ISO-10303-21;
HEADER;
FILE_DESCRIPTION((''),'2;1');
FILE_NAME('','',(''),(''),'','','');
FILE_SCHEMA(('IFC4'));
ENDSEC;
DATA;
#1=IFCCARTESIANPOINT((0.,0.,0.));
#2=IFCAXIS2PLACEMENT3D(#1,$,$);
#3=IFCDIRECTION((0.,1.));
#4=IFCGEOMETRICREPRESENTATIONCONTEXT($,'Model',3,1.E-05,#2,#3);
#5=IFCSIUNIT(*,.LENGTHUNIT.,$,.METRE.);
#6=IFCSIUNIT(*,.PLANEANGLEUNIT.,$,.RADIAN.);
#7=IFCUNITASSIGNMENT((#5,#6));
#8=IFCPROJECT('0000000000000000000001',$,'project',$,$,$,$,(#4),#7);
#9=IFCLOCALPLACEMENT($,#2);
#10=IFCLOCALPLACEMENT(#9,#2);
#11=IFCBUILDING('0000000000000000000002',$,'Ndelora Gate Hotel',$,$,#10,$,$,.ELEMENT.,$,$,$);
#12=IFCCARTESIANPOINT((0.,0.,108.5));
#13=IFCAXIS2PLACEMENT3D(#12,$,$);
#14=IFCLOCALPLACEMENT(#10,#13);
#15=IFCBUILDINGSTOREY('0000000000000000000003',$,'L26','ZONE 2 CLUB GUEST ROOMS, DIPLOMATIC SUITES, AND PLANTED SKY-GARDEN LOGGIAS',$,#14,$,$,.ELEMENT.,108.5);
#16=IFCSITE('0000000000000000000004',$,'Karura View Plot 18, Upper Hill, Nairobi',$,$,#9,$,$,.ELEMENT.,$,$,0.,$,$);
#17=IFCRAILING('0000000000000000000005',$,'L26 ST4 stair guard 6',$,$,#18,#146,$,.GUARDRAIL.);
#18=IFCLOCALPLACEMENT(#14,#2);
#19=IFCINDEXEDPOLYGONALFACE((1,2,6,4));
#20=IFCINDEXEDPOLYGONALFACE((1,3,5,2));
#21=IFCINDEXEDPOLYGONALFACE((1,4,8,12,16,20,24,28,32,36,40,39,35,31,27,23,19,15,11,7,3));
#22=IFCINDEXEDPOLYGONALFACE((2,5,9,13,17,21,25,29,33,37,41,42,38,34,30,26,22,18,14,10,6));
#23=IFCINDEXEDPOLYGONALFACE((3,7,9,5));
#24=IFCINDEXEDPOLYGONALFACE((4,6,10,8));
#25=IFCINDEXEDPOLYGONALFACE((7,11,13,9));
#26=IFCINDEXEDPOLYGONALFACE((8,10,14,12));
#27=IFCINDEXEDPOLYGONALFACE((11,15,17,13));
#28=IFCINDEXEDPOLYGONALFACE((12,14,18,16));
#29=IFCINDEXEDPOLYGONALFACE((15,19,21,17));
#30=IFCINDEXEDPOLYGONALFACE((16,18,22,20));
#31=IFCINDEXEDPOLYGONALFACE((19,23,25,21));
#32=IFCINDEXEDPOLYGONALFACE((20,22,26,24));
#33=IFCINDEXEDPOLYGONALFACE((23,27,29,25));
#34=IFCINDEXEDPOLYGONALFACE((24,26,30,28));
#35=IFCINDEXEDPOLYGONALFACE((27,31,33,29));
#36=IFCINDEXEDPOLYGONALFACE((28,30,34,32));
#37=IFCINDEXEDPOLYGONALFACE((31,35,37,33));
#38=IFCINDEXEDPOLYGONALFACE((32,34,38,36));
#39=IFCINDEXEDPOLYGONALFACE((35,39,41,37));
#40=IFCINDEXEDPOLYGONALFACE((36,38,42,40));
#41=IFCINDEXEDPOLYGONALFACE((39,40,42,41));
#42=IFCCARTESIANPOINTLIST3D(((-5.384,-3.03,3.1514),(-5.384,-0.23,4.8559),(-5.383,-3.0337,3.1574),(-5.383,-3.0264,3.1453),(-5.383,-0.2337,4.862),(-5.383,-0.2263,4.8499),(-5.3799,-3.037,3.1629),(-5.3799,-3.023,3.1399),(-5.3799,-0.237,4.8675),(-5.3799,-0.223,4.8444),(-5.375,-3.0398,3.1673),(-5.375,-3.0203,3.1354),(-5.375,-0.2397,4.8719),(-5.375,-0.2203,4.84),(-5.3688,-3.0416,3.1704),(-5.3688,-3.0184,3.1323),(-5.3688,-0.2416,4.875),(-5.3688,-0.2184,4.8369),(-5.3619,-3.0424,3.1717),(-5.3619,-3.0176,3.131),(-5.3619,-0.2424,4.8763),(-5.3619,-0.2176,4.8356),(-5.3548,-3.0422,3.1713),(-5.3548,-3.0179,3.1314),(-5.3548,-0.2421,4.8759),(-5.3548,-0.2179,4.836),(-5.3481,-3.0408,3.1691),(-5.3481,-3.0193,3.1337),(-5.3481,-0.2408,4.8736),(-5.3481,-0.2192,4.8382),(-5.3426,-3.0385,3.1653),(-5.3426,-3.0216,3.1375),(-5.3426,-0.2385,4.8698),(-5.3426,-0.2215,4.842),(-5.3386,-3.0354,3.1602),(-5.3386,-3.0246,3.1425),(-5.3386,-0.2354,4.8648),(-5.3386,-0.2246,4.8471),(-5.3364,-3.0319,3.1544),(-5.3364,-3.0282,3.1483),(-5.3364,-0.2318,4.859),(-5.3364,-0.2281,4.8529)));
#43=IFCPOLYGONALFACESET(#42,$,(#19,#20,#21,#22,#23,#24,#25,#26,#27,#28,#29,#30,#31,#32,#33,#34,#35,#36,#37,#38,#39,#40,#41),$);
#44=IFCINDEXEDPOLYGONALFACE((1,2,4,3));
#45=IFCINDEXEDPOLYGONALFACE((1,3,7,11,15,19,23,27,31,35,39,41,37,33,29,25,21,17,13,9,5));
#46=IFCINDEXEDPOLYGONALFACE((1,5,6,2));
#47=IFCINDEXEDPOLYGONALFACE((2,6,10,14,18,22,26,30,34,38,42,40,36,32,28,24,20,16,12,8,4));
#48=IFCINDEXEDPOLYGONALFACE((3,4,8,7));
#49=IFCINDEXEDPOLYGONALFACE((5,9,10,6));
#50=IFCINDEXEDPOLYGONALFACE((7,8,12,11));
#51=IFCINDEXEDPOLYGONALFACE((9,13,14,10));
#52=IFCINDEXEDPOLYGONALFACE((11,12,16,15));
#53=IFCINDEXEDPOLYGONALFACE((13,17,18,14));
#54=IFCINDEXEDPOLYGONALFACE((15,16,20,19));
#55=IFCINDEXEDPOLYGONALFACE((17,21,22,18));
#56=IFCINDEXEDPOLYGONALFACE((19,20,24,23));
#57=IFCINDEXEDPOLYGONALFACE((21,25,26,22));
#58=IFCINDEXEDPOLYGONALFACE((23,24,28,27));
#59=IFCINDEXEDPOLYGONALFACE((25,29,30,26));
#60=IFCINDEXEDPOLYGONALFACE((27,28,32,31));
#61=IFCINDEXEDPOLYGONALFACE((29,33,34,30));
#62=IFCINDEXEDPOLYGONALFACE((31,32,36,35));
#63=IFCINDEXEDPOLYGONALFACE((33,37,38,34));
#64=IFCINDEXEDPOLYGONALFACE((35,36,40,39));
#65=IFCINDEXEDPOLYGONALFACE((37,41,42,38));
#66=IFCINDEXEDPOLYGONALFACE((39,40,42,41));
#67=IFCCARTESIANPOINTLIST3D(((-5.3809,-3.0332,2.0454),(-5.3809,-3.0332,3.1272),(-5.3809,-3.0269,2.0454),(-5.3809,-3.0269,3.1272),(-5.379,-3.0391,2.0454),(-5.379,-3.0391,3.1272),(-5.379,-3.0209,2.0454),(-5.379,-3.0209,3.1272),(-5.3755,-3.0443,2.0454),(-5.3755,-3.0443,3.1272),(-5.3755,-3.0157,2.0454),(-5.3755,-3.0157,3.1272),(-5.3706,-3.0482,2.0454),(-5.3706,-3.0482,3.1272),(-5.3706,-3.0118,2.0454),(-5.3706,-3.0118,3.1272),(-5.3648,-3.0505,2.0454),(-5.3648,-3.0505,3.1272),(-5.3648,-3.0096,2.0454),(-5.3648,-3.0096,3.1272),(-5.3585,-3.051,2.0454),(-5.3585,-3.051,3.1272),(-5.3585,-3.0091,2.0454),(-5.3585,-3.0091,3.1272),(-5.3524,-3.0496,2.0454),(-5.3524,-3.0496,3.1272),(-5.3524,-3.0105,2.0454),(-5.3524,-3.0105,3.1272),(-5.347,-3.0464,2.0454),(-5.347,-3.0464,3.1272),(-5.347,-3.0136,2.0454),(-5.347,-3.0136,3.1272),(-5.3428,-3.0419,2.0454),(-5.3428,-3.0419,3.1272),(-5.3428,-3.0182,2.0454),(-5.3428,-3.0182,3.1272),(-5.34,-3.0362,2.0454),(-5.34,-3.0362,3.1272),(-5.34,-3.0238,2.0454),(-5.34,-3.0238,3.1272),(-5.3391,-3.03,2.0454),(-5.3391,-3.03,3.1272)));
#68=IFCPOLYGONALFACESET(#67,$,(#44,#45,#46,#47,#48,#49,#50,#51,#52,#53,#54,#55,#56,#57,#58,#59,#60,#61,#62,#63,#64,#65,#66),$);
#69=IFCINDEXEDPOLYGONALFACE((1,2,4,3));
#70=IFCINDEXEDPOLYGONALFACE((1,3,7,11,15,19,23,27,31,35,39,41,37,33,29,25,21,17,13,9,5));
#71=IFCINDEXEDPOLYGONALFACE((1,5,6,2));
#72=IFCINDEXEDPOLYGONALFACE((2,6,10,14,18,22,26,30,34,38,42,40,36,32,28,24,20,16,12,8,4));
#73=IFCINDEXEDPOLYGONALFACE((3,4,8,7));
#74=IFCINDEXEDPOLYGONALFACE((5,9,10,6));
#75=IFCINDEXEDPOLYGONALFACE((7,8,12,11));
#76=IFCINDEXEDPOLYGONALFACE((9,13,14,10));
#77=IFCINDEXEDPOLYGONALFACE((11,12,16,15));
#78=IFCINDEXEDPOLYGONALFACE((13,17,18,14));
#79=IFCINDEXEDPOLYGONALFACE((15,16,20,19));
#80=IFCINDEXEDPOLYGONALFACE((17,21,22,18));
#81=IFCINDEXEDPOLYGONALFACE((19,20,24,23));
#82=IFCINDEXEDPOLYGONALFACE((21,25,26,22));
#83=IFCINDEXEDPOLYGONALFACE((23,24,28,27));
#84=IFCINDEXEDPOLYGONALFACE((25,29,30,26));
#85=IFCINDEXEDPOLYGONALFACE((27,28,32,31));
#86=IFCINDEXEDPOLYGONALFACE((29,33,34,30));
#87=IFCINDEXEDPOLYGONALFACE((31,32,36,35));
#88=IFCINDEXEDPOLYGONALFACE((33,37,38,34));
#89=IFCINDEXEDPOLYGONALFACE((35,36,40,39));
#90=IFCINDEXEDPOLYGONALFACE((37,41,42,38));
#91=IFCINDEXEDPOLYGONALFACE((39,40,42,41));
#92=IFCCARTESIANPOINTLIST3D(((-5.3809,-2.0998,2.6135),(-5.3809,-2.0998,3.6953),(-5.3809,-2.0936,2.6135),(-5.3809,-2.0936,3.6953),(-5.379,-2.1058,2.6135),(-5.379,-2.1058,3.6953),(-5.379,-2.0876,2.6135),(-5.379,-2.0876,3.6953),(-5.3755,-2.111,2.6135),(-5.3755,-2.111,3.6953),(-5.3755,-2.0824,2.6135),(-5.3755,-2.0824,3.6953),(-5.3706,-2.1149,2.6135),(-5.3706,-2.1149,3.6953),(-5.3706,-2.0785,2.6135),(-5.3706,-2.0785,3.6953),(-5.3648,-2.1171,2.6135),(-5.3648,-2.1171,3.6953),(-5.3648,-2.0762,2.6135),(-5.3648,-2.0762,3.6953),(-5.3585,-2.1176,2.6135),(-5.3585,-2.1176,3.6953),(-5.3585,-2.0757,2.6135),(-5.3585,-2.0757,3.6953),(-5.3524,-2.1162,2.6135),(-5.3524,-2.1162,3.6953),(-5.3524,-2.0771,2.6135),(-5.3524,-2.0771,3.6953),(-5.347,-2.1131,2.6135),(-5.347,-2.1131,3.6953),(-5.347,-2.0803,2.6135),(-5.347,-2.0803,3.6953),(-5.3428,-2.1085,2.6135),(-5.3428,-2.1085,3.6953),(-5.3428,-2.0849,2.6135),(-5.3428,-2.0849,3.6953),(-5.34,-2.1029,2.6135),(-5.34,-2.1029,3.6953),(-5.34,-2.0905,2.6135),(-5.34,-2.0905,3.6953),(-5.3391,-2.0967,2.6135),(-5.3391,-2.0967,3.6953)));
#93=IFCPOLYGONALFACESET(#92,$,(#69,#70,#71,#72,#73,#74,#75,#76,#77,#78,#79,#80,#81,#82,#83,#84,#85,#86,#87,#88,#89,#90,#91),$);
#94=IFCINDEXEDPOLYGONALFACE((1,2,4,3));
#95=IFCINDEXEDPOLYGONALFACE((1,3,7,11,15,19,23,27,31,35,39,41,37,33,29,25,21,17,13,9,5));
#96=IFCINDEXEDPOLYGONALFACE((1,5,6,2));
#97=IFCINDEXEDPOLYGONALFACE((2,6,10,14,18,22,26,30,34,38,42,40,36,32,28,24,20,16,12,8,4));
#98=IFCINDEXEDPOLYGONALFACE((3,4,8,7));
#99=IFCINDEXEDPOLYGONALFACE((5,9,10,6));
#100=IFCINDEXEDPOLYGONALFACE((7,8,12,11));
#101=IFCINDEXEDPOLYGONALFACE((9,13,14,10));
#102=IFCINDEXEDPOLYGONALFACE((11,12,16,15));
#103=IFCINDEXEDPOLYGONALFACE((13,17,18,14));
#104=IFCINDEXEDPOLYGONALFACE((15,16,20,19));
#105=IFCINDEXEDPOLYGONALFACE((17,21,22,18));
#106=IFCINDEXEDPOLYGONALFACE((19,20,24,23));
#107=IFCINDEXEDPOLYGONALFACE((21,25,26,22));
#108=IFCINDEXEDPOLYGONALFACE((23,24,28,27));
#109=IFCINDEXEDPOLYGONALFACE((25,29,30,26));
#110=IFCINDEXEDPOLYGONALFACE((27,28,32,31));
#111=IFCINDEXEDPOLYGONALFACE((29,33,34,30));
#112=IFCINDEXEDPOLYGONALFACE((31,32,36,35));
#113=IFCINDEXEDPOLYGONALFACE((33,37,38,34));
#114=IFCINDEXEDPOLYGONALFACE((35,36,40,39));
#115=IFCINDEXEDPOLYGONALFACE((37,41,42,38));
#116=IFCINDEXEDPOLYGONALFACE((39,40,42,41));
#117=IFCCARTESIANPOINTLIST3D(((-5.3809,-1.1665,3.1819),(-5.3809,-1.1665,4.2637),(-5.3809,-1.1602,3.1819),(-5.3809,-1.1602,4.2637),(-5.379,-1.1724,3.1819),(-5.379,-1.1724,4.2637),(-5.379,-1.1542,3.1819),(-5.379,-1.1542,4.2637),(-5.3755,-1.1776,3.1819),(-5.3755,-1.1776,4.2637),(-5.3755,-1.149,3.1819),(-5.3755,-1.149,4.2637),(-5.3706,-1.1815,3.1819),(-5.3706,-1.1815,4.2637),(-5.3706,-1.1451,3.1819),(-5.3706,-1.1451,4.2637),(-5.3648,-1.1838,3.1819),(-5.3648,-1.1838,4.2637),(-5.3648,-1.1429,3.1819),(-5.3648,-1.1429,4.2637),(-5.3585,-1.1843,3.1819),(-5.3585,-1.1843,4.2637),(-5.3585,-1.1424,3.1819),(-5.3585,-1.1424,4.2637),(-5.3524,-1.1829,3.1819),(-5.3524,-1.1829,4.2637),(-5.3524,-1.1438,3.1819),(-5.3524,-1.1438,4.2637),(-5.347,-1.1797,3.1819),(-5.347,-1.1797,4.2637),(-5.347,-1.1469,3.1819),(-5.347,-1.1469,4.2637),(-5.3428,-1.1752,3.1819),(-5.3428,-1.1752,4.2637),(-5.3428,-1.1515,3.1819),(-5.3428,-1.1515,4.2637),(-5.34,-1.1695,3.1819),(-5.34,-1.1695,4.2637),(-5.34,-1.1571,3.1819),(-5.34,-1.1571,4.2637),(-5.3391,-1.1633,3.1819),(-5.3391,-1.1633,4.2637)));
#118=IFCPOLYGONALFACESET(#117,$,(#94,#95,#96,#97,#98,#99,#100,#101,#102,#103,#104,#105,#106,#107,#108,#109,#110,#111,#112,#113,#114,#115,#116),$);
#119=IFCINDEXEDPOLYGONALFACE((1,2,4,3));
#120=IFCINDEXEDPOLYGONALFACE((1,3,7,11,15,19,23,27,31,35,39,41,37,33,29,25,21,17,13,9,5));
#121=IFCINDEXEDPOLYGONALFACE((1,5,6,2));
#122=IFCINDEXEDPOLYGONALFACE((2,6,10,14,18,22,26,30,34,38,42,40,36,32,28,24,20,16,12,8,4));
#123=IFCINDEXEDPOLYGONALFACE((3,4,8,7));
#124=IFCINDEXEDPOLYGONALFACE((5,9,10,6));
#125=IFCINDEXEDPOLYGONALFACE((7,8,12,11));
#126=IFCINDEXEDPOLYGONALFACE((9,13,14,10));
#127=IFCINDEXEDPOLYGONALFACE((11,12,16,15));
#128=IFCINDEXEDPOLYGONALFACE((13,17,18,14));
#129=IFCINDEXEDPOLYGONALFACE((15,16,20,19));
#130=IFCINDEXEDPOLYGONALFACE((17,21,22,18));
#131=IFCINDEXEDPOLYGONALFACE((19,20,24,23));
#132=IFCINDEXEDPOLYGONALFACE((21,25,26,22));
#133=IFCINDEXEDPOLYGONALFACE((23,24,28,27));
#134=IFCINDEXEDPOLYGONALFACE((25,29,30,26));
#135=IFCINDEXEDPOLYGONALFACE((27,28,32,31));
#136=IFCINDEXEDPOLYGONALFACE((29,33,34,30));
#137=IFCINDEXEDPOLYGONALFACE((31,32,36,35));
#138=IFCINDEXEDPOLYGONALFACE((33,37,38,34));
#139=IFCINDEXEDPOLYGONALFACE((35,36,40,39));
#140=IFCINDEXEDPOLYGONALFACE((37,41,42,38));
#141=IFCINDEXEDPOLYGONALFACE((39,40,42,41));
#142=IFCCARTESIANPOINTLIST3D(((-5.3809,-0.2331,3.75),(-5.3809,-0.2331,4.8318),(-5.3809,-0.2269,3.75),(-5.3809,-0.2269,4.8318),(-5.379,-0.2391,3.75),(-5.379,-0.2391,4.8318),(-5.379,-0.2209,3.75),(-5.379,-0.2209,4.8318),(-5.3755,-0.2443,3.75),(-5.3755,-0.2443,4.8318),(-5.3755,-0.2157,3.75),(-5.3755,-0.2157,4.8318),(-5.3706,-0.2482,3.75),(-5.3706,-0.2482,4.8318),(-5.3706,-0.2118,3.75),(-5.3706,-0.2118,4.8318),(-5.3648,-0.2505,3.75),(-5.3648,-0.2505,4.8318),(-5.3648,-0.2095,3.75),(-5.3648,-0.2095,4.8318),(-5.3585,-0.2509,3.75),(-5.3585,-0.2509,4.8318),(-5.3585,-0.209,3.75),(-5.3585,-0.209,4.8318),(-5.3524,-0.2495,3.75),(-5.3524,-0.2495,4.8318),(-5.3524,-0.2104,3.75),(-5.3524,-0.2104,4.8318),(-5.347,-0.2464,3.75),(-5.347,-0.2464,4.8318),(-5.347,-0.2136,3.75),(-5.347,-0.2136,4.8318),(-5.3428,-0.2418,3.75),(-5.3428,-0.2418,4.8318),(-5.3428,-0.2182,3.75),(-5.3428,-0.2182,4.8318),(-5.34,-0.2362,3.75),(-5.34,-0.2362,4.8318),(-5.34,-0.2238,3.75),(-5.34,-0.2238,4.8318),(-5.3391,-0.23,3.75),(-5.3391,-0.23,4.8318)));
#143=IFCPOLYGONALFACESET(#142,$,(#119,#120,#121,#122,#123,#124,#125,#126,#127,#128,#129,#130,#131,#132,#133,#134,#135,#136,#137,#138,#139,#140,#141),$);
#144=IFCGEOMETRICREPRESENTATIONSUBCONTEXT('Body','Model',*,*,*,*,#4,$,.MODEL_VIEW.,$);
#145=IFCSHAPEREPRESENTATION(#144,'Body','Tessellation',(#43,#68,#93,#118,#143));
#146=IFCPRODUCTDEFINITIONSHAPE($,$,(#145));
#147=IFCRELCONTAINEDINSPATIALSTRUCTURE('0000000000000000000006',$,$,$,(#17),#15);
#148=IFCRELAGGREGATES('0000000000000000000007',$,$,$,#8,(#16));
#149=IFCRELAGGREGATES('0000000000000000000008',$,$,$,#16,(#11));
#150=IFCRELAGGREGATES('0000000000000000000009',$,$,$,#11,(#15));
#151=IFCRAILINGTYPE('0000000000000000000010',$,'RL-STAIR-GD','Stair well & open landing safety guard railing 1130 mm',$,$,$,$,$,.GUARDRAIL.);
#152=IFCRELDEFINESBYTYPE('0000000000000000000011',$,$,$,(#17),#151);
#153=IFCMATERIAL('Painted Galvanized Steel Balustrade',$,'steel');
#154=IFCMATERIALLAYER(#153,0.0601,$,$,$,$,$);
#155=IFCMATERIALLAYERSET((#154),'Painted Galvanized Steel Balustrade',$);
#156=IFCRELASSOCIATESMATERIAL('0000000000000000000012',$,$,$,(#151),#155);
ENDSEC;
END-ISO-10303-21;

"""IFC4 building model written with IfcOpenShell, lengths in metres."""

from ifc_helpers import new_model, si_unit, direction, frame, origin, origin_2d, place, context, subcontext, project, spatial, circle, extrude, material, layer, layer_set, type_object, element, save


model = new_model("IFC4")

# Units and contexts
model_context = context("Model", 3, precision=1e-05, world=origin(), true_north=direction((0.0, 1.0)))
body_context = subcontext(model_context, "Body", "Model", "MODEL_VIEW")
ifc_project = project(units=[si_unit("LENGTHUNIT", "METRE"), si_unit("PLANEANGLEUNIT", "RADIAN")], contexts=[model_context])

# Site, building, storey
site_placement = place(None, origin())
site = spatial("IfcSite", under=ifc_project, at=site_placement, Name="Karura View Plot 18, Upper Hill, Nairobi", CompositionType="ELEMENT", RefElevation=0.0)
building_placement = place(site_placement, origin())
building = spatial("IfcBuilding", under=site, at=building_placement, Name="Ndelora Gate Hotel", CompositionType="ELEMENT")
storey_placement = place(building_placement, frame((0.0, 0.0, 108.5)))
storey = spatial("IfcBuildingStorey", under=building, at=storey_placement, Name="L26", Description="ZONE 2 CLUB GUEST ROOMS, DIPLOMATIC SUITES, AND PLANTED SKY-GARDEN LOGGIAS", CompositionType="ELEMENT", Elevation=108.5)

# Railing
ifc_material_1 = material(Name="Painted Galvanized Steel Balustrade", Category="steel")
ifc_layer_1 = layer(ifc_material_1, 0.0601)
ifc_layer_set_1 = layer_set([ifc_layer_1], Name="Painted Galvanized Steel Balustrade")
railing_type_1 = type_object("IfcRailingType", Name="RL-STAIR-GD", Description="Stair well & open landing safety guard railing 1130 mm", PredefinedType="GUARDRAIL", material=ifc_layer_set_1)
railing_1_placement = place(storey_placement, frame((-5.3601, -3.03, 2.0454)))
element("IfcRailing", 1, at=railing_1_placement, inside=storey, type_object=railing_type_1, Name="L26 ST4 stair guard 6", PredefinedType="GUARDRAIL", context=body_context, shape_type="SweptSolid", body=[
    extrude(circle(Radius=0.0239, at=origin_2d()), frame((0.0, 0.0, 1.106), z_axis=(0.0, 0.85417, 0.519994), x_axis=(-1.0, 0.0, 0.0)), (0.0, 0.0, 1.0), 3.2781),
    extrude(circle(Radius=0.021, at=origin_2d()), origin(), (0.0, 0.0, 1.0), 1.0818),
    extrude(circle(Radius=0.021, at=origin_2d()), frame((0.0, 0.9333, 0.5681)), (0.0, 0.0, 1.0), 1.0818),
    extrude(circle(Radius=0.021, at=origin_2d()), frame((0.0, 1.8667, 1.1365)), (0.0, 0.0, 1.0), 1.0818),
    extrude(circle(Radius=0.021, at=origin_2d()), frame((0.0, 2.8, 1.7046)), (0.0, 0.0, 1.0), 1.0818),
])

save(model, "model.ifc")
